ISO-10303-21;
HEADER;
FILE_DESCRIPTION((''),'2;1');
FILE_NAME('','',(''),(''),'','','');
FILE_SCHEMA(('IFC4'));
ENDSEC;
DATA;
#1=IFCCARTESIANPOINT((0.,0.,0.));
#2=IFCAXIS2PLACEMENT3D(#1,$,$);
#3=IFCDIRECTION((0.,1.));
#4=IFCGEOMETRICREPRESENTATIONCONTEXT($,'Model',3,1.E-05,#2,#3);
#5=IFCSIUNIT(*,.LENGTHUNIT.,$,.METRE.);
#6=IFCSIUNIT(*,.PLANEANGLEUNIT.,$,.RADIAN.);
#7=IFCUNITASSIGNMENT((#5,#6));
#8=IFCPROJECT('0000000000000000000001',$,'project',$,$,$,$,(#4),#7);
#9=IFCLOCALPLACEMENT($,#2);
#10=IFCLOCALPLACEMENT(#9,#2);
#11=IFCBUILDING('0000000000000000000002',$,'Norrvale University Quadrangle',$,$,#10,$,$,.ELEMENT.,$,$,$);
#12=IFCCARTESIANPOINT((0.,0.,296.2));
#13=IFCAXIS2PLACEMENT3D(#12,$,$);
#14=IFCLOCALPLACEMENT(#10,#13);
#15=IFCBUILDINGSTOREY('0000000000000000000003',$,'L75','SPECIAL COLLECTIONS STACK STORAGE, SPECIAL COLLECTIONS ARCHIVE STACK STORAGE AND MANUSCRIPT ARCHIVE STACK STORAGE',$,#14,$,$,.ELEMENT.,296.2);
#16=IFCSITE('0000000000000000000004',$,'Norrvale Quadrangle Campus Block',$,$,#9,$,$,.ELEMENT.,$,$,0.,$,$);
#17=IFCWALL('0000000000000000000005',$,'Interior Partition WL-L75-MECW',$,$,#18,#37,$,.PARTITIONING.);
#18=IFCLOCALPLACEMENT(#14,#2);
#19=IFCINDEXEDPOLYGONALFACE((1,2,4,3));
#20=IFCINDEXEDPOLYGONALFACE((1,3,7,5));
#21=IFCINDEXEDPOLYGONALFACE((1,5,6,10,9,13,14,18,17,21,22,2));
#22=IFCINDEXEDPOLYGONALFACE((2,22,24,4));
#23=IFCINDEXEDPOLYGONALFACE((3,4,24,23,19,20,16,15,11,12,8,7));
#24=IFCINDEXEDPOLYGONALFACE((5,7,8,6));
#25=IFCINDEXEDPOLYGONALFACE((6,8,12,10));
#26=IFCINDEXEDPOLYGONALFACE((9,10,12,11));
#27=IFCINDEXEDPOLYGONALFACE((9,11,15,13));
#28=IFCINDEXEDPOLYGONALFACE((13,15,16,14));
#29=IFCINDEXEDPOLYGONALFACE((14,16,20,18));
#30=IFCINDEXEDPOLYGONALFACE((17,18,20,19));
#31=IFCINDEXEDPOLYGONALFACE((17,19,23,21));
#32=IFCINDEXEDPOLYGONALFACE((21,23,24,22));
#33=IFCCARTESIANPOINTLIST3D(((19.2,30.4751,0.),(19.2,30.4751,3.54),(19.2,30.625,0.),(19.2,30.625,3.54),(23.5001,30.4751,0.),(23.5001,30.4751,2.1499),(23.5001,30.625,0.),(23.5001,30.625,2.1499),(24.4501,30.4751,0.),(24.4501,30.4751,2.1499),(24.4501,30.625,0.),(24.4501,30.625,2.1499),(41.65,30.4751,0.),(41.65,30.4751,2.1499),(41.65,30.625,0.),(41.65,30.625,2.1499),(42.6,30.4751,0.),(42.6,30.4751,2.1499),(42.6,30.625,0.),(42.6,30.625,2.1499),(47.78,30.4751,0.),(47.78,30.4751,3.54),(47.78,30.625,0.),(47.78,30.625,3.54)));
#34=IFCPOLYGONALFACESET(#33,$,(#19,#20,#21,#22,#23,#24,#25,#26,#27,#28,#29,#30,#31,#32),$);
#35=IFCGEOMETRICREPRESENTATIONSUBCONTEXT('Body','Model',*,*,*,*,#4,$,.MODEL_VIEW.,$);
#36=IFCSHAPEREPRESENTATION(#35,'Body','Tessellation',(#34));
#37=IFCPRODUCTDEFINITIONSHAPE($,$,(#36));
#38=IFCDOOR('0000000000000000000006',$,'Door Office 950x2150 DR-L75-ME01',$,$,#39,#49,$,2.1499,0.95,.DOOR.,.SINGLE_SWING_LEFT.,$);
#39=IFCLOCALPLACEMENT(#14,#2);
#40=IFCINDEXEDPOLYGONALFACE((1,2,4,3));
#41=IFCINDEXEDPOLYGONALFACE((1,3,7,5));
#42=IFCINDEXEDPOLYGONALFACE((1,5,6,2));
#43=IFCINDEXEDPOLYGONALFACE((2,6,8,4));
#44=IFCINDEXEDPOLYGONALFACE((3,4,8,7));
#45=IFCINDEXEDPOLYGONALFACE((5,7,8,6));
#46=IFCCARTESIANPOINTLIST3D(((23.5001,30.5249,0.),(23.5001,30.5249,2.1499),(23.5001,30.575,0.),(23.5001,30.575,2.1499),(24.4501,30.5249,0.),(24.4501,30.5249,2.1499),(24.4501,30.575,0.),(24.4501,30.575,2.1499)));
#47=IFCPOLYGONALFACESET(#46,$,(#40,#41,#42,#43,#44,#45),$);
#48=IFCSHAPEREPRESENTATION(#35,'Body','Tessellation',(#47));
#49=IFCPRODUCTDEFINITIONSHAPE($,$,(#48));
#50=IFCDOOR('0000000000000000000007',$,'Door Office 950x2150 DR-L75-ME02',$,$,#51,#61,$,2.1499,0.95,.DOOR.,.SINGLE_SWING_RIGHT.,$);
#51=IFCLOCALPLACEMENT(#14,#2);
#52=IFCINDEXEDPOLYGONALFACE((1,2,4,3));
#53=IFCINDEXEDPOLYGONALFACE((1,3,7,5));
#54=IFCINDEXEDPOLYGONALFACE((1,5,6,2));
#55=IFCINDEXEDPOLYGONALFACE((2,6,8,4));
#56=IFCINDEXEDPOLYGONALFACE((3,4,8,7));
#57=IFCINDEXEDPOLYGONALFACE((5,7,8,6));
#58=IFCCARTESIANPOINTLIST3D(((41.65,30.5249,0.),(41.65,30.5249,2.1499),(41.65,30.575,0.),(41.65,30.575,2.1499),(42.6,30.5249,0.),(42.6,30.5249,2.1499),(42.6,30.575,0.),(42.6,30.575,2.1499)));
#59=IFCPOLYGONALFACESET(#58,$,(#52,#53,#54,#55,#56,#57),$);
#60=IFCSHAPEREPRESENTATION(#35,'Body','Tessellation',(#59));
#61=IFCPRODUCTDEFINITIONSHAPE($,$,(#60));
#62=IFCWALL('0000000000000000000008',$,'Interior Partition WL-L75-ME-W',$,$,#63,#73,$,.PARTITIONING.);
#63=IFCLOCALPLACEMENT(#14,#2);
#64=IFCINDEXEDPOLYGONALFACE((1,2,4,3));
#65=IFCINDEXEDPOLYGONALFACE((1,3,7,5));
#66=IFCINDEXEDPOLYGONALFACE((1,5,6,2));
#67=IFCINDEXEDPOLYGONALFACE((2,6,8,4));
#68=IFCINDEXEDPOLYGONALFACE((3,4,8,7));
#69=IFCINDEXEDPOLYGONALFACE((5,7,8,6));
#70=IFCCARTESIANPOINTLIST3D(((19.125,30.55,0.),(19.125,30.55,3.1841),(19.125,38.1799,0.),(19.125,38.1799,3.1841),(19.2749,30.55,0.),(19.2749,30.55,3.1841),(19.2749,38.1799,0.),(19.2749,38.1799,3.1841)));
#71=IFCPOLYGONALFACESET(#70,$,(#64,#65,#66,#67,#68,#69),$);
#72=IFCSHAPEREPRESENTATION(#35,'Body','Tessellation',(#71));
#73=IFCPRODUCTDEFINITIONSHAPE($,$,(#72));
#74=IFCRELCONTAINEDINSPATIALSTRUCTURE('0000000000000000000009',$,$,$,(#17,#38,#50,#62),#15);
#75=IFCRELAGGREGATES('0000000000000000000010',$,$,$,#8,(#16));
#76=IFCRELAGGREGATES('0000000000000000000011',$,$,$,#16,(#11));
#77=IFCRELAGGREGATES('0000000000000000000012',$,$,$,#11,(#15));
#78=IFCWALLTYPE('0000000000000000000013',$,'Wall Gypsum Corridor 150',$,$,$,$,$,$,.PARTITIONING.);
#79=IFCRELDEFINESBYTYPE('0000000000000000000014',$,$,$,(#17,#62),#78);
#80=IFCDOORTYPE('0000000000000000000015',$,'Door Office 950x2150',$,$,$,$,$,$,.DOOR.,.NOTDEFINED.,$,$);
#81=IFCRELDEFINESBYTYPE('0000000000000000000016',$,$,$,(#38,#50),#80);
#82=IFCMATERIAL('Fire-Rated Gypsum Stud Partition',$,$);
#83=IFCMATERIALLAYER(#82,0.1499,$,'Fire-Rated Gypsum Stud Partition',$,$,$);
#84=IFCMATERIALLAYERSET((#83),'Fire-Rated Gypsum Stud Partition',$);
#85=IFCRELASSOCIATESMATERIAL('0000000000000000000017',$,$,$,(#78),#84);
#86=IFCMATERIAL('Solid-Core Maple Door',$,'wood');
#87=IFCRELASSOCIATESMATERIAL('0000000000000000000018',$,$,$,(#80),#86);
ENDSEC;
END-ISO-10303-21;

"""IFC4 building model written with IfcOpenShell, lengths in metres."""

from ifc_helpers import new_model, si_unit, direction, frame, frame_2d, origin, place, context, subcontext, project, spatial, rectangle, extrude, material, layer, layer_set, type_object, element, fill, save


model = new_model("IFC4")

# Units and contexts
model_context = context("Model", 3, precision=1e-05, world=origin(), true_north=direction((0.0, 1.0)))
body_context = subcontext(model_context, "Body", "Model", "MODEL_VIEW")
ifc_project = project(units=[si_unit("LENGTHUNIT", "METRE"), si_unit("PLANEANGLEUNIT", "RADIAN")], contexts=[model_context])

# Site, building, storey
site_placement = place(None, origin())
site = spatial("IfcSite", under=ifc_project, at=site_placement, Name="Norrvale Quadrangle Campus Block", CompositionType="ELEMENT", RefElevation=0.0)
building_placement = place(site_placement, origin())
building = spatial("IfcBuilding", under=site, at=building_placement, Name="Norrvale University Quadrangle", CompositionType="ELEMENT")
storey_placement = place(building_placement, frame((0.0, 0.0, 296.2)))
storey = spatial("IfcBuildingStorey", under=building, at=storey_placement, Name="L75", Description="SPECIAL COLLECTIONS STACK STORAGE, SPECIAL COLLECTIONS ARCHIVE STACK STORAGE AND MANUSCRIPT ARCHIVE STACK STORAGE", CompositionType="ELEMENT", Elevation=296.2)

# Shared definitions
ifc_material_1 = material(Name="Fire-Rated Gypsum Stud Partition")
ifc_layer_1 = layer(ifc_material_1, 0.1499, Name="Fire-Rated Gypsum Stud Partition")
ifc_layer_set_1 = layer_set([ifc_layer_1], Name="Fire-Rated Gypsum Stud Partition")
wall_type_1 = type_object("IfcWallType", Name="Wall Gypsum Corridor 150", PredefinedType="PARTITIONING", material=ifc_layer_set_1)
ifc_material_2 = material(Name="Solid-Core Maple Door", Category="wood")
door_type = type_object("IfcDoorType", Name="Door Office 950x2150", OperationType="NOTDEFINED", PredefinedType="DOOR", material=ifc_material_2)

# Wall, openings, doors
wall_1_placement = place(storey_placement, frame((19.2, 30.55, 0.0), z_axis=(0.0, 0.0, 1.0), x_axis=(1.0, 0.0, 0.0)))
wall_1 = element("IfcWall", 1, at=wall_1_placement, inside=storey, type_object=wall_type_1, Name="Interior Partition WL-L75-MECW", PredefinedType="PARTITIONING", context=body_context, shape_type="SweptSolid", body=[
    extrude(rectangle(XDim=28.5801, YDim=0.1499, at=frame_2d((14.29, 0.0))), origin(), (0.0, 0.0, 1.0), 3.54),
])
opening_1_placement = place(wall_1_placement, frame((4.3, 0.0, 0.0)))
opening_1 = element("IfcOpeningElement", 2, at=opening_1_placement, cuts=wall_1, PredefinedType="OPENING", context=body_context, shape_type="SweptSolid", body=[
    extrude(rectangle(XDim=0.95, YDim=2.1499, at=frame_2d((0.4751, 1.075))), frame((0.0, 0.0869, 0.0), z_axis=(0.0, -1.0, 0.0), x_axis=(1.0, 0.0, 0.0)), (0.0, 0.0, 1.0), 0.1738),
])
opening_2_placement = place(wall_1_placement, frame((22.45, 0.0, 0.0)))
opening_2 = element("IfcOpeningElement", 3, at=opening_2_placement, cuts=wall_1, PredefinedType="OPENING", context=body_context, shape_type="SweptSolid", body=[
    extrude(rectangle(XDim=0.95, YDim=2.1499, at=frame_2d((0.4751, 1.075))), frame((0.0, 0.0869, 0.0), z_axis=(0.0, -1.0, 0.0), x_axis=(1.0, 0.0, 0.0)), (0.0, 0.0, 1.0), 0.1738),
])
door_1_placement = place(opening_1_placement, origin())
door_1 = element("IfcDoor", 4, at=door_1_placement, inside=storey, type_object=door_type, Name="Door Office 950x2150 DR-L75-ME01", OperationType="SINGLE_SWING_LEFT", OverallHeight=2.1499, OverallWidth=0.95, PredefinedType="DOOR", context=body_context, shape_type="SweptSolid", body=[
    extrude(rectangle(XDim=0.95, YDim=2.1499, at=frame_2d((0.4751, 1.075))), frame((0.0, 0.0249, 0.0), z_axis=(0.0, -1.0, 0.0), x_axis=(1.0, 0.0, 0.0)), (0.0, 0.0, 1.0), 0.05),
])
fill(opening_1, door_1)
door_2_placement = place(opening_2_placement, origin())
door_2 = element("IfcDoor", 5, at=door_2_placement, inside=storey, type_object=door_type, Name="Door Office 950x2150 DR-L75-ME02", OperationType="SINGLE_SWING_RIGHT", OverallHeight=2.1499, OverallWidth=0.95, PredefinedType="DOOR", context=body_context, shape_type="SweptSolid", body=[
    extrude(rectangle(XDim=0.95, YDim=2.1499, at=frame_2d((0.4751, 1.075))), frame((0.0, 0.0249, 0.0), z_axis=(0.0, -1.0, 0.0), x_axis=(1.0, 0.0, 0.0)), (0.0, 0.0, 1.0), 0.05),
])
fill(opening_2, door_2)

# Wall
wall_2_placement = place(storey_placement, frame((19.2, 30.55, 0.0), z_axis=(0.0, 0.0, 1.0), x_axis=(0.0, 1.0, 0.0)))
element("IfcWall", 6, at=wall_2_placement, inside=storey, type_object=wall_type_1, Name="Interior Partition WL-L75-ME-W", PredefinedType="PARTITIONING", context=body_context, shape_type="SweptSolid", body=[
    extrude(rectangle(XDim=7.6299, YDim=0.1499, at=frame_2d((3.8149, 0.0))), origin(), (0.0, 0.0, 1.0), 3.1841),
])

save(model, "model.ifc")
